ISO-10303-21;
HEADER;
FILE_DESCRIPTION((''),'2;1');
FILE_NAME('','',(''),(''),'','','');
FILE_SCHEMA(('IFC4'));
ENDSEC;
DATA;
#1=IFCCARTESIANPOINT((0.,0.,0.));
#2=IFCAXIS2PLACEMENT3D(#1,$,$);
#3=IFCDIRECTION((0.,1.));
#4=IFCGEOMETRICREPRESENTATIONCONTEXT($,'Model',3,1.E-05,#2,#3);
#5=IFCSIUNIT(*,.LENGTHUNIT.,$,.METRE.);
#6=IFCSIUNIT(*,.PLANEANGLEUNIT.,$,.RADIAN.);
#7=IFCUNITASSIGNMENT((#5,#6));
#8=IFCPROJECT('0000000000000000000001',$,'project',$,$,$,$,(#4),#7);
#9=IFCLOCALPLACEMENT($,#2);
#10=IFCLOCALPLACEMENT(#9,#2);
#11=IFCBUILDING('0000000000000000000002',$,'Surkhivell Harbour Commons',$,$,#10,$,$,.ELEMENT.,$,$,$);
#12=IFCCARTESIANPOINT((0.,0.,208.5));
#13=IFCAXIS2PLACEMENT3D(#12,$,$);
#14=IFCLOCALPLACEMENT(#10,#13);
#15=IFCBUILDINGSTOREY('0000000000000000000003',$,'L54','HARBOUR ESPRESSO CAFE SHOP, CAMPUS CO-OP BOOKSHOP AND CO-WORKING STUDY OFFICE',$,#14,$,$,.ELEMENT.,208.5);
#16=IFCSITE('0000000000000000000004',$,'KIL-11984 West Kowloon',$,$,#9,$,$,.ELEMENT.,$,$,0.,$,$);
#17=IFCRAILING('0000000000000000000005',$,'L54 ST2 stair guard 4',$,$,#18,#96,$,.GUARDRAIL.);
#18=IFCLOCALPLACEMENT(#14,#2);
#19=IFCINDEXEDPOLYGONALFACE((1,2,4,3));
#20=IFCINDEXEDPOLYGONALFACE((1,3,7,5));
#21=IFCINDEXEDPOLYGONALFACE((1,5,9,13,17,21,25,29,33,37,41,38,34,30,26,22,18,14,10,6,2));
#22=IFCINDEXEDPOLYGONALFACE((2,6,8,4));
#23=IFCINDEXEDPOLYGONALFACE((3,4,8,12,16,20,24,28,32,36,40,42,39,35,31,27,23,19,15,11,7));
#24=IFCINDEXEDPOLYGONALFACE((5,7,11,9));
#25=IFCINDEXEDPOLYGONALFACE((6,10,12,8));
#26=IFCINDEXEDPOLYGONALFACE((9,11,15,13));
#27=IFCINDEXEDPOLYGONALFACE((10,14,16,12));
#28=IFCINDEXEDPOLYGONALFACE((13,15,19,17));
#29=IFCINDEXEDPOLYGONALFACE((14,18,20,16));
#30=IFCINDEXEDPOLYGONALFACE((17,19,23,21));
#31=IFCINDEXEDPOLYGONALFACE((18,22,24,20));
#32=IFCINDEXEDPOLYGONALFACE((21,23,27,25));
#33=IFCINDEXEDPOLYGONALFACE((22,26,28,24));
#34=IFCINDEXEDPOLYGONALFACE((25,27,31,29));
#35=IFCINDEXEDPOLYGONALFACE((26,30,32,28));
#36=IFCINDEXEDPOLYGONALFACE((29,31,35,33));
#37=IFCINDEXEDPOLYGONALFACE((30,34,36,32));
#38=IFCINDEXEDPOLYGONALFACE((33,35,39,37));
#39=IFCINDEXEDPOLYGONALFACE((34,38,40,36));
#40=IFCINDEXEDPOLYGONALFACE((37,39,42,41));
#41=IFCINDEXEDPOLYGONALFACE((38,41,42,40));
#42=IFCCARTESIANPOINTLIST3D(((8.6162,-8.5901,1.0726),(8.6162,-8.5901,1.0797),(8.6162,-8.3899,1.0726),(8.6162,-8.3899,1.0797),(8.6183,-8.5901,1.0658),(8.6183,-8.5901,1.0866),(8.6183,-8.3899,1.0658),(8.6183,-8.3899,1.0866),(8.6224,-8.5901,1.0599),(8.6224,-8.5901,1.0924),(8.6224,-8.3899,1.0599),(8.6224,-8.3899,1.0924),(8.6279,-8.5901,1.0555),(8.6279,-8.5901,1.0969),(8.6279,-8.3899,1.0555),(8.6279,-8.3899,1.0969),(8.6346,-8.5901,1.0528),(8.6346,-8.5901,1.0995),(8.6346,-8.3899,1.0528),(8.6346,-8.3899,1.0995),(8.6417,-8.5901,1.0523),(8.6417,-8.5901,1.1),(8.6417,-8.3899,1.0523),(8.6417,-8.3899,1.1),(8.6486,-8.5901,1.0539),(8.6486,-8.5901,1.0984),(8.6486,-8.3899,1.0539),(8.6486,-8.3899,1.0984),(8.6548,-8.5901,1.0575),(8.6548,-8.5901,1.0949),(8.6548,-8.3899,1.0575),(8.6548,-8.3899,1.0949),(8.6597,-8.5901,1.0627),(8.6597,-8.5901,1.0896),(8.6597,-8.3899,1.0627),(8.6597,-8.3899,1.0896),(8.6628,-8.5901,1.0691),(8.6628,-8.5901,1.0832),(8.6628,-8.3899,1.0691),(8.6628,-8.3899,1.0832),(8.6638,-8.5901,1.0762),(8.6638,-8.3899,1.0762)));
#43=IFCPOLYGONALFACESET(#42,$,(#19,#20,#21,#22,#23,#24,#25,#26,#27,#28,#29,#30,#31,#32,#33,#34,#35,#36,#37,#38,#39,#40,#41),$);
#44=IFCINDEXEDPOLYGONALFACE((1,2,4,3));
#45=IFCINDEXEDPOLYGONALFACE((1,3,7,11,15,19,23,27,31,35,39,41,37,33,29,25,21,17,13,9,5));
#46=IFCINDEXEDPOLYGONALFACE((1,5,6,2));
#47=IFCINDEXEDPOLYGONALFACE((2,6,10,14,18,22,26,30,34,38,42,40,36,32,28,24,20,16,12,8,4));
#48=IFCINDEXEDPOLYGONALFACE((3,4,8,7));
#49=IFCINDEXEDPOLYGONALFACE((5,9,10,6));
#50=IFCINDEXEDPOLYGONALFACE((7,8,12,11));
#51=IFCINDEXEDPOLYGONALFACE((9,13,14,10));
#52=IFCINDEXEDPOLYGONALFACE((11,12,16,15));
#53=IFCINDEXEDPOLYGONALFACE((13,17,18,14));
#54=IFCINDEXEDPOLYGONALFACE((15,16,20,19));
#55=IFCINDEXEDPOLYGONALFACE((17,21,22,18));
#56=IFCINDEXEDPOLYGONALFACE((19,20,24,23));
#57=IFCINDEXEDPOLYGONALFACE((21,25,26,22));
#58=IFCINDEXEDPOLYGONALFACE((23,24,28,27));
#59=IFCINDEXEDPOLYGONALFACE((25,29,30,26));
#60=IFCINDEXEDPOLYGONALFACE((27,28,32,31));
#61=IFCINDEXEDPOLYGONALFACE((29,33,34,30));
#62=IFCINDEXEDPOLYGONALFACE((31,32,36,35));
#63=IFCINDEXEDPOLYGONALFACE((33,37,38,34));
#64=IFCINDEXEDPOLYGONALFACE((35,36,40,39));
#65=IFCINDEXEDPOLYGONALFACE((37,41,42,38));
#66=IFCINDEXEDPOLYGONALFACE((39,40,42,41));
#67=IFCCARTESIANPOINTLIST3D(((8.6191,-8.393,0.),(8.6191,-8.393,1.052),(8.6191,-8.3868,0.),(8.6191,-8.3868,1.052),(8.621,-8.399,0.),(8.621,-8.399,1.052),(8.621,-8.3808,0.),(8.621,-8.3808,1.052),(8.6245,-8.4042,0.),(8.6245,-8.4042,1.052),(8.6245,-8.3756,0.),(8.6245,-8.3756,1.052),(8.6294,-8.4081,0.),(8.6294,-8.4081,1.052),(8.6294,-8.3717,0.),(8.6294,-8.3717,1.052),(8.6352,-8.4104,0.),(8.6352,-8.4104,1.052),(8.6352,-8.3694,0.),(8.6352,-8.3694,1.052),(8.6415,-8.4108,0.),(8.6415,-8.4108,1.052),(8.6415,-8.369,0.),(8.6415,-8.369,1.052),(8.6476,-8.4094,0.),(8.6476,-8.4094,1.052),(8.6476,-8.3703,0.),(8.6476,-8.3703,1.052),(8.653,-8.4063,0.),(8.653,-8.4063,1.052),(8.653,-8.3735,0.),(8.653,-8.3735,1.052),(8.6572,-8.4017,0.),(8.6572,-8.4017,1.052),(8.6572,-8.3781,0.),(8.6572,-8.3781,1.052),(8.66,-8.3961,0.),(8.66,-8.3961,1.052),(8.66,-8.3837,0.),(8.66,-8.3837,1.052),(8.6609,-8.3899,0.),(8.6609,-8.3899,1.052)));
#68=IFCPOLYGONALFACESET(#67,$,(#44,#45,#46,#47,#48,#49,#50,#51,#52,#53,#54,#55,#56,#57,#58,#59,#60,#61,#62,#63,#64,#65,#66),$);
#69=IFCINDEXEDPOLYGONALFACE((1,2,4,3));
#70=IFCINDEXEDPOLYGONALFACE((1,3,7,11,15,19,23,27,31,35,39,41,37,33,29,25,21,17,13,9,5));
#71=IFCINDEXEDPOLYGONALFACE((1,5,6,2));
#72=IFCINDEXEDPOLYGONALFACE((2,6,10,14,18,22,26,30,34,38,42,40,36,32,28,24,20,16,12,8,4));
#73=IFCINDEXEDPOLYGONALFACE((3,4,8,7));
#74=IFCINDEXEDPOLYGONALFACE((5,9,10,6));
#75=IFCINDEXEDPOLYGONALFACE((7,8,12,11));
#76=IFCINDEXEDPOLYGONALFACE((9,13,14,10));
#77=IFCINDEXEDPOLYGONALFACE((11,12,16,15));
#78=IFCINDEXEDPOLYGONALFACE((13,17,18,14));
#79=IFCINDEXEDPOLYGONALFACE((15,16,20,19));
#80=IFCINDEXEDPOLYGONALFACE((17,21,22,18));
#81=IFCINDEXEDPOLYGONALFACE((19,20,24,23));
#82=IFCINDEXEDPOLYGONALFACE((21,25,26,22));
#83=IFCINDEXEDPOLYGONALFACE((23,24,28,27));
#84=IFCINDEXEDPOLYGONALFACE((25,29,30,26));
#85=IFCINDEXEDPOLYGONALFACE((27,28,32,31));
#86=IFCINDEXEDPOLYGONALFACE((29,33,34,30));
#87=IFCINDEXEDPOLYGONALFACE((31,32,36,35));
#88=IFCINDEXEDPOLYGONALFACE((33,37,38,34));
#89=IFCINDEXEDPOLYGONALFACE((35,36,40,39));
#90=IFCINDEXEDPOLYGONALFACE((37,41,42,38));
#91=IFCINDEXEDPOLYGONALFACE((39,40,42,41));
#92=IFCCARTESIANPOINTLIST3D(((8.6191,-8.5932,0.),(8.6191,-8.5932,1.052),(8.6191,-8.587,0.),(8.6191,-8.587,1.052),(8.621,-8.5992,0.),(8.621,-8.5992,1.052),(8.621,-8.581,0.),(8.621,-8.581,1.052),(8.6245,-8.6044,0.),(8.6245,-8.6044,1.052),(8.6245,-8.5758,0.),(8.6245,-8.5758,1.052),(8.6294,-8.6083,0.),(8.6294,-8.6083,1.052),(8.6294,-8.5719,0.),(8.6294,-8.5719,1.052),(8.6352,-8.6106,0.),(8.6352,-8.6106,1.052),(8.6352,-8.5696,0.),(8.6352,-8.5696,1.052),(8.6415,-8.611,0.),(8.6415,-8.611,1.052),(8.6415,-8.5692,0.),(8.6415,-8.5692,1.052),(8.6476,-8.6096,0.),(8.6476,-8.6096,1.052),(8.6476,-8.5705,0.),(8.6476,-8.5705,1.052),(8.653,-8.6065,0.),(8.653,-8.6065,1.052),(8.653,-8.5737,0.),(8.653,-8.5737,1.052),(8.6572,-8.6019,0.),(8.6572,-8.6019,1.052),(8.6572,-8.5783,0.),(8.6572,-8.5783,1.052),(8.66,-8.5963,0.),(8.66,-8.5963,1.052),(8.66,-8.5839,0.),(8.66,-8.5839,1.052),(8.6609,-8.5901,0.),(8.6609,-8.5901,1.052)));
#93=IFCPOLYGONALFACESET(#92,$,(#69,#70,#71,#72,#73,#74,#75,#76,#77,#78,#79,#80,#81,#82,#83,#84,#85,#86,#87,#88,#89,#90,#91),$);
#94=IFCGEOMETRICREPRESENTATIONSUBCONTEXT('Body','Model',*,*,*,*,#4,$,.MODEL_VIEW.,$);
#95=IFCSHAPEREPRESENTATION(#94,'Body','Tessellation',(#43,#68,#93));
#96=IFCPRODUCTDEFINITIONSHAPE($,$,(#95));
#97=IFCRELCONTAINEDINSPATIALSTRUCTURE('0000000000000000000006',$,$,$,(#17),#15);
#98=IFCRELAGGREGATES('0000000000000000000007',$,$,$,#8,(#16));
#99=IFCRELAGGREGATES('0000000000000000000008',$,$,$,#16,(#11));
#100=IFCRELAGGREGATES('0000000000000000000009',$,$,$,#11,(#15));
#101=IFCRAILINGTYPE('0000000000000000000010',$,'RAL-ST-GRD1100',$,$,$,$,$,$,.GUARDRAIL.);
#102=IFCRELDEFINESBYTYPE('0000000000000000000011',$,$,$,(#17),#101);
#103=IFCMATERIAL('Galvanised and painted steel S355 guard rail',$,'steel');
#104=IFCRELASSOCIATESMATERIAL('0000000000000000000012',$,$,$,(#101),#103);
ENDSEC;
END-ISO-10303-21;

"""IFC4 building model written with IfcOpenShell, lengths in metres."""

from ifc_helpers import new_model, si_unit, direction, frame, origin, origin_2d, place, context, subcontext, project, spatial, circle, extrude, material, type_object, element, save


model = new_model("IFC4")

# Units and contexts
model_context = context("Model", 3, precision=1e-05, world=origin(), true_north=direction((0.0, 1.0)))
body_context = subcontext(model_context, "Body", "Model", "MODEL_VIEW")
ifc_project = project(units=[si_unit("LENGTHUNIT", "METRE"), si_unit("PLANEANGLEUNIT", "RADIAN")], contexts=[model_context])

# Site, building, storey
site_placement = place(None, origin())
site = spatial("IfcSite", under=ifc_project, at=site_placement, Name="KIL-11984 West Kowloon", CompositionType="ELEMENT", RefElevation=0.0)
building_placement = place(site_placement, origin())
building = spatial("IfcBuilding", under=site, at=building_placement, Name="Surkhivell Harbour Commons", CompositionType="ELEMENT")
storey_placement = place(building_placement, frame((0.0, 0.0, 208.5)))
storey = spatial("IfcBuildingStorey", under=building, at=storey_placement, Name="L54", Description="HARBOUR ESPRESSO CAFE SHOP, CAMPUS CO-OP BOOKSHOP AND CO-WORKING STUDY OFFICE", CompositionType="ELEMENT", Elevation=208.5)

# Railing
ifc_material_1 = material(Name="Galvanised and painted steel S355 guard rail", Category="steel")
railing_type_1 = type_object("IfcRailingType", Name="RAL-ST-GRD1100", PredefinedType="GUARDRAIL", material=ifc_material_1)
railing_1_placement = place(storey_placement, frame((8.6399, -8.3899, 0.0)))
element("IfcRailing", 1, at=railing_1_placement, inside=storey, type_object=railing_type_1, Name="L54 ST2 stair guard 4", PredefinedType="GUARDRAIL", context=body_context, shape_type="SweptSolid", body=[
    extrude(circle(Radius=0.0239, at=origin_2d()), frame((0.0, 0.0, 1.0762), z_axis=(0.0, -1.0, 0.0), x_axis=(1.0, 0.0, 0.0)), (0.0, 0.0, 1.0), 0.2002),
    extrude(circle(Radius=0.021, at=origin_2d()), origin(), (0.0, 0.0, 1.0), 1.052),
    extrude(circle(Radius=0.021, at=origin_2d()), frame((0.0, -0.2002, 0.0)), (0.0, 0.0, 1.0), 1.052),
])

save(model, "model.ifc")
